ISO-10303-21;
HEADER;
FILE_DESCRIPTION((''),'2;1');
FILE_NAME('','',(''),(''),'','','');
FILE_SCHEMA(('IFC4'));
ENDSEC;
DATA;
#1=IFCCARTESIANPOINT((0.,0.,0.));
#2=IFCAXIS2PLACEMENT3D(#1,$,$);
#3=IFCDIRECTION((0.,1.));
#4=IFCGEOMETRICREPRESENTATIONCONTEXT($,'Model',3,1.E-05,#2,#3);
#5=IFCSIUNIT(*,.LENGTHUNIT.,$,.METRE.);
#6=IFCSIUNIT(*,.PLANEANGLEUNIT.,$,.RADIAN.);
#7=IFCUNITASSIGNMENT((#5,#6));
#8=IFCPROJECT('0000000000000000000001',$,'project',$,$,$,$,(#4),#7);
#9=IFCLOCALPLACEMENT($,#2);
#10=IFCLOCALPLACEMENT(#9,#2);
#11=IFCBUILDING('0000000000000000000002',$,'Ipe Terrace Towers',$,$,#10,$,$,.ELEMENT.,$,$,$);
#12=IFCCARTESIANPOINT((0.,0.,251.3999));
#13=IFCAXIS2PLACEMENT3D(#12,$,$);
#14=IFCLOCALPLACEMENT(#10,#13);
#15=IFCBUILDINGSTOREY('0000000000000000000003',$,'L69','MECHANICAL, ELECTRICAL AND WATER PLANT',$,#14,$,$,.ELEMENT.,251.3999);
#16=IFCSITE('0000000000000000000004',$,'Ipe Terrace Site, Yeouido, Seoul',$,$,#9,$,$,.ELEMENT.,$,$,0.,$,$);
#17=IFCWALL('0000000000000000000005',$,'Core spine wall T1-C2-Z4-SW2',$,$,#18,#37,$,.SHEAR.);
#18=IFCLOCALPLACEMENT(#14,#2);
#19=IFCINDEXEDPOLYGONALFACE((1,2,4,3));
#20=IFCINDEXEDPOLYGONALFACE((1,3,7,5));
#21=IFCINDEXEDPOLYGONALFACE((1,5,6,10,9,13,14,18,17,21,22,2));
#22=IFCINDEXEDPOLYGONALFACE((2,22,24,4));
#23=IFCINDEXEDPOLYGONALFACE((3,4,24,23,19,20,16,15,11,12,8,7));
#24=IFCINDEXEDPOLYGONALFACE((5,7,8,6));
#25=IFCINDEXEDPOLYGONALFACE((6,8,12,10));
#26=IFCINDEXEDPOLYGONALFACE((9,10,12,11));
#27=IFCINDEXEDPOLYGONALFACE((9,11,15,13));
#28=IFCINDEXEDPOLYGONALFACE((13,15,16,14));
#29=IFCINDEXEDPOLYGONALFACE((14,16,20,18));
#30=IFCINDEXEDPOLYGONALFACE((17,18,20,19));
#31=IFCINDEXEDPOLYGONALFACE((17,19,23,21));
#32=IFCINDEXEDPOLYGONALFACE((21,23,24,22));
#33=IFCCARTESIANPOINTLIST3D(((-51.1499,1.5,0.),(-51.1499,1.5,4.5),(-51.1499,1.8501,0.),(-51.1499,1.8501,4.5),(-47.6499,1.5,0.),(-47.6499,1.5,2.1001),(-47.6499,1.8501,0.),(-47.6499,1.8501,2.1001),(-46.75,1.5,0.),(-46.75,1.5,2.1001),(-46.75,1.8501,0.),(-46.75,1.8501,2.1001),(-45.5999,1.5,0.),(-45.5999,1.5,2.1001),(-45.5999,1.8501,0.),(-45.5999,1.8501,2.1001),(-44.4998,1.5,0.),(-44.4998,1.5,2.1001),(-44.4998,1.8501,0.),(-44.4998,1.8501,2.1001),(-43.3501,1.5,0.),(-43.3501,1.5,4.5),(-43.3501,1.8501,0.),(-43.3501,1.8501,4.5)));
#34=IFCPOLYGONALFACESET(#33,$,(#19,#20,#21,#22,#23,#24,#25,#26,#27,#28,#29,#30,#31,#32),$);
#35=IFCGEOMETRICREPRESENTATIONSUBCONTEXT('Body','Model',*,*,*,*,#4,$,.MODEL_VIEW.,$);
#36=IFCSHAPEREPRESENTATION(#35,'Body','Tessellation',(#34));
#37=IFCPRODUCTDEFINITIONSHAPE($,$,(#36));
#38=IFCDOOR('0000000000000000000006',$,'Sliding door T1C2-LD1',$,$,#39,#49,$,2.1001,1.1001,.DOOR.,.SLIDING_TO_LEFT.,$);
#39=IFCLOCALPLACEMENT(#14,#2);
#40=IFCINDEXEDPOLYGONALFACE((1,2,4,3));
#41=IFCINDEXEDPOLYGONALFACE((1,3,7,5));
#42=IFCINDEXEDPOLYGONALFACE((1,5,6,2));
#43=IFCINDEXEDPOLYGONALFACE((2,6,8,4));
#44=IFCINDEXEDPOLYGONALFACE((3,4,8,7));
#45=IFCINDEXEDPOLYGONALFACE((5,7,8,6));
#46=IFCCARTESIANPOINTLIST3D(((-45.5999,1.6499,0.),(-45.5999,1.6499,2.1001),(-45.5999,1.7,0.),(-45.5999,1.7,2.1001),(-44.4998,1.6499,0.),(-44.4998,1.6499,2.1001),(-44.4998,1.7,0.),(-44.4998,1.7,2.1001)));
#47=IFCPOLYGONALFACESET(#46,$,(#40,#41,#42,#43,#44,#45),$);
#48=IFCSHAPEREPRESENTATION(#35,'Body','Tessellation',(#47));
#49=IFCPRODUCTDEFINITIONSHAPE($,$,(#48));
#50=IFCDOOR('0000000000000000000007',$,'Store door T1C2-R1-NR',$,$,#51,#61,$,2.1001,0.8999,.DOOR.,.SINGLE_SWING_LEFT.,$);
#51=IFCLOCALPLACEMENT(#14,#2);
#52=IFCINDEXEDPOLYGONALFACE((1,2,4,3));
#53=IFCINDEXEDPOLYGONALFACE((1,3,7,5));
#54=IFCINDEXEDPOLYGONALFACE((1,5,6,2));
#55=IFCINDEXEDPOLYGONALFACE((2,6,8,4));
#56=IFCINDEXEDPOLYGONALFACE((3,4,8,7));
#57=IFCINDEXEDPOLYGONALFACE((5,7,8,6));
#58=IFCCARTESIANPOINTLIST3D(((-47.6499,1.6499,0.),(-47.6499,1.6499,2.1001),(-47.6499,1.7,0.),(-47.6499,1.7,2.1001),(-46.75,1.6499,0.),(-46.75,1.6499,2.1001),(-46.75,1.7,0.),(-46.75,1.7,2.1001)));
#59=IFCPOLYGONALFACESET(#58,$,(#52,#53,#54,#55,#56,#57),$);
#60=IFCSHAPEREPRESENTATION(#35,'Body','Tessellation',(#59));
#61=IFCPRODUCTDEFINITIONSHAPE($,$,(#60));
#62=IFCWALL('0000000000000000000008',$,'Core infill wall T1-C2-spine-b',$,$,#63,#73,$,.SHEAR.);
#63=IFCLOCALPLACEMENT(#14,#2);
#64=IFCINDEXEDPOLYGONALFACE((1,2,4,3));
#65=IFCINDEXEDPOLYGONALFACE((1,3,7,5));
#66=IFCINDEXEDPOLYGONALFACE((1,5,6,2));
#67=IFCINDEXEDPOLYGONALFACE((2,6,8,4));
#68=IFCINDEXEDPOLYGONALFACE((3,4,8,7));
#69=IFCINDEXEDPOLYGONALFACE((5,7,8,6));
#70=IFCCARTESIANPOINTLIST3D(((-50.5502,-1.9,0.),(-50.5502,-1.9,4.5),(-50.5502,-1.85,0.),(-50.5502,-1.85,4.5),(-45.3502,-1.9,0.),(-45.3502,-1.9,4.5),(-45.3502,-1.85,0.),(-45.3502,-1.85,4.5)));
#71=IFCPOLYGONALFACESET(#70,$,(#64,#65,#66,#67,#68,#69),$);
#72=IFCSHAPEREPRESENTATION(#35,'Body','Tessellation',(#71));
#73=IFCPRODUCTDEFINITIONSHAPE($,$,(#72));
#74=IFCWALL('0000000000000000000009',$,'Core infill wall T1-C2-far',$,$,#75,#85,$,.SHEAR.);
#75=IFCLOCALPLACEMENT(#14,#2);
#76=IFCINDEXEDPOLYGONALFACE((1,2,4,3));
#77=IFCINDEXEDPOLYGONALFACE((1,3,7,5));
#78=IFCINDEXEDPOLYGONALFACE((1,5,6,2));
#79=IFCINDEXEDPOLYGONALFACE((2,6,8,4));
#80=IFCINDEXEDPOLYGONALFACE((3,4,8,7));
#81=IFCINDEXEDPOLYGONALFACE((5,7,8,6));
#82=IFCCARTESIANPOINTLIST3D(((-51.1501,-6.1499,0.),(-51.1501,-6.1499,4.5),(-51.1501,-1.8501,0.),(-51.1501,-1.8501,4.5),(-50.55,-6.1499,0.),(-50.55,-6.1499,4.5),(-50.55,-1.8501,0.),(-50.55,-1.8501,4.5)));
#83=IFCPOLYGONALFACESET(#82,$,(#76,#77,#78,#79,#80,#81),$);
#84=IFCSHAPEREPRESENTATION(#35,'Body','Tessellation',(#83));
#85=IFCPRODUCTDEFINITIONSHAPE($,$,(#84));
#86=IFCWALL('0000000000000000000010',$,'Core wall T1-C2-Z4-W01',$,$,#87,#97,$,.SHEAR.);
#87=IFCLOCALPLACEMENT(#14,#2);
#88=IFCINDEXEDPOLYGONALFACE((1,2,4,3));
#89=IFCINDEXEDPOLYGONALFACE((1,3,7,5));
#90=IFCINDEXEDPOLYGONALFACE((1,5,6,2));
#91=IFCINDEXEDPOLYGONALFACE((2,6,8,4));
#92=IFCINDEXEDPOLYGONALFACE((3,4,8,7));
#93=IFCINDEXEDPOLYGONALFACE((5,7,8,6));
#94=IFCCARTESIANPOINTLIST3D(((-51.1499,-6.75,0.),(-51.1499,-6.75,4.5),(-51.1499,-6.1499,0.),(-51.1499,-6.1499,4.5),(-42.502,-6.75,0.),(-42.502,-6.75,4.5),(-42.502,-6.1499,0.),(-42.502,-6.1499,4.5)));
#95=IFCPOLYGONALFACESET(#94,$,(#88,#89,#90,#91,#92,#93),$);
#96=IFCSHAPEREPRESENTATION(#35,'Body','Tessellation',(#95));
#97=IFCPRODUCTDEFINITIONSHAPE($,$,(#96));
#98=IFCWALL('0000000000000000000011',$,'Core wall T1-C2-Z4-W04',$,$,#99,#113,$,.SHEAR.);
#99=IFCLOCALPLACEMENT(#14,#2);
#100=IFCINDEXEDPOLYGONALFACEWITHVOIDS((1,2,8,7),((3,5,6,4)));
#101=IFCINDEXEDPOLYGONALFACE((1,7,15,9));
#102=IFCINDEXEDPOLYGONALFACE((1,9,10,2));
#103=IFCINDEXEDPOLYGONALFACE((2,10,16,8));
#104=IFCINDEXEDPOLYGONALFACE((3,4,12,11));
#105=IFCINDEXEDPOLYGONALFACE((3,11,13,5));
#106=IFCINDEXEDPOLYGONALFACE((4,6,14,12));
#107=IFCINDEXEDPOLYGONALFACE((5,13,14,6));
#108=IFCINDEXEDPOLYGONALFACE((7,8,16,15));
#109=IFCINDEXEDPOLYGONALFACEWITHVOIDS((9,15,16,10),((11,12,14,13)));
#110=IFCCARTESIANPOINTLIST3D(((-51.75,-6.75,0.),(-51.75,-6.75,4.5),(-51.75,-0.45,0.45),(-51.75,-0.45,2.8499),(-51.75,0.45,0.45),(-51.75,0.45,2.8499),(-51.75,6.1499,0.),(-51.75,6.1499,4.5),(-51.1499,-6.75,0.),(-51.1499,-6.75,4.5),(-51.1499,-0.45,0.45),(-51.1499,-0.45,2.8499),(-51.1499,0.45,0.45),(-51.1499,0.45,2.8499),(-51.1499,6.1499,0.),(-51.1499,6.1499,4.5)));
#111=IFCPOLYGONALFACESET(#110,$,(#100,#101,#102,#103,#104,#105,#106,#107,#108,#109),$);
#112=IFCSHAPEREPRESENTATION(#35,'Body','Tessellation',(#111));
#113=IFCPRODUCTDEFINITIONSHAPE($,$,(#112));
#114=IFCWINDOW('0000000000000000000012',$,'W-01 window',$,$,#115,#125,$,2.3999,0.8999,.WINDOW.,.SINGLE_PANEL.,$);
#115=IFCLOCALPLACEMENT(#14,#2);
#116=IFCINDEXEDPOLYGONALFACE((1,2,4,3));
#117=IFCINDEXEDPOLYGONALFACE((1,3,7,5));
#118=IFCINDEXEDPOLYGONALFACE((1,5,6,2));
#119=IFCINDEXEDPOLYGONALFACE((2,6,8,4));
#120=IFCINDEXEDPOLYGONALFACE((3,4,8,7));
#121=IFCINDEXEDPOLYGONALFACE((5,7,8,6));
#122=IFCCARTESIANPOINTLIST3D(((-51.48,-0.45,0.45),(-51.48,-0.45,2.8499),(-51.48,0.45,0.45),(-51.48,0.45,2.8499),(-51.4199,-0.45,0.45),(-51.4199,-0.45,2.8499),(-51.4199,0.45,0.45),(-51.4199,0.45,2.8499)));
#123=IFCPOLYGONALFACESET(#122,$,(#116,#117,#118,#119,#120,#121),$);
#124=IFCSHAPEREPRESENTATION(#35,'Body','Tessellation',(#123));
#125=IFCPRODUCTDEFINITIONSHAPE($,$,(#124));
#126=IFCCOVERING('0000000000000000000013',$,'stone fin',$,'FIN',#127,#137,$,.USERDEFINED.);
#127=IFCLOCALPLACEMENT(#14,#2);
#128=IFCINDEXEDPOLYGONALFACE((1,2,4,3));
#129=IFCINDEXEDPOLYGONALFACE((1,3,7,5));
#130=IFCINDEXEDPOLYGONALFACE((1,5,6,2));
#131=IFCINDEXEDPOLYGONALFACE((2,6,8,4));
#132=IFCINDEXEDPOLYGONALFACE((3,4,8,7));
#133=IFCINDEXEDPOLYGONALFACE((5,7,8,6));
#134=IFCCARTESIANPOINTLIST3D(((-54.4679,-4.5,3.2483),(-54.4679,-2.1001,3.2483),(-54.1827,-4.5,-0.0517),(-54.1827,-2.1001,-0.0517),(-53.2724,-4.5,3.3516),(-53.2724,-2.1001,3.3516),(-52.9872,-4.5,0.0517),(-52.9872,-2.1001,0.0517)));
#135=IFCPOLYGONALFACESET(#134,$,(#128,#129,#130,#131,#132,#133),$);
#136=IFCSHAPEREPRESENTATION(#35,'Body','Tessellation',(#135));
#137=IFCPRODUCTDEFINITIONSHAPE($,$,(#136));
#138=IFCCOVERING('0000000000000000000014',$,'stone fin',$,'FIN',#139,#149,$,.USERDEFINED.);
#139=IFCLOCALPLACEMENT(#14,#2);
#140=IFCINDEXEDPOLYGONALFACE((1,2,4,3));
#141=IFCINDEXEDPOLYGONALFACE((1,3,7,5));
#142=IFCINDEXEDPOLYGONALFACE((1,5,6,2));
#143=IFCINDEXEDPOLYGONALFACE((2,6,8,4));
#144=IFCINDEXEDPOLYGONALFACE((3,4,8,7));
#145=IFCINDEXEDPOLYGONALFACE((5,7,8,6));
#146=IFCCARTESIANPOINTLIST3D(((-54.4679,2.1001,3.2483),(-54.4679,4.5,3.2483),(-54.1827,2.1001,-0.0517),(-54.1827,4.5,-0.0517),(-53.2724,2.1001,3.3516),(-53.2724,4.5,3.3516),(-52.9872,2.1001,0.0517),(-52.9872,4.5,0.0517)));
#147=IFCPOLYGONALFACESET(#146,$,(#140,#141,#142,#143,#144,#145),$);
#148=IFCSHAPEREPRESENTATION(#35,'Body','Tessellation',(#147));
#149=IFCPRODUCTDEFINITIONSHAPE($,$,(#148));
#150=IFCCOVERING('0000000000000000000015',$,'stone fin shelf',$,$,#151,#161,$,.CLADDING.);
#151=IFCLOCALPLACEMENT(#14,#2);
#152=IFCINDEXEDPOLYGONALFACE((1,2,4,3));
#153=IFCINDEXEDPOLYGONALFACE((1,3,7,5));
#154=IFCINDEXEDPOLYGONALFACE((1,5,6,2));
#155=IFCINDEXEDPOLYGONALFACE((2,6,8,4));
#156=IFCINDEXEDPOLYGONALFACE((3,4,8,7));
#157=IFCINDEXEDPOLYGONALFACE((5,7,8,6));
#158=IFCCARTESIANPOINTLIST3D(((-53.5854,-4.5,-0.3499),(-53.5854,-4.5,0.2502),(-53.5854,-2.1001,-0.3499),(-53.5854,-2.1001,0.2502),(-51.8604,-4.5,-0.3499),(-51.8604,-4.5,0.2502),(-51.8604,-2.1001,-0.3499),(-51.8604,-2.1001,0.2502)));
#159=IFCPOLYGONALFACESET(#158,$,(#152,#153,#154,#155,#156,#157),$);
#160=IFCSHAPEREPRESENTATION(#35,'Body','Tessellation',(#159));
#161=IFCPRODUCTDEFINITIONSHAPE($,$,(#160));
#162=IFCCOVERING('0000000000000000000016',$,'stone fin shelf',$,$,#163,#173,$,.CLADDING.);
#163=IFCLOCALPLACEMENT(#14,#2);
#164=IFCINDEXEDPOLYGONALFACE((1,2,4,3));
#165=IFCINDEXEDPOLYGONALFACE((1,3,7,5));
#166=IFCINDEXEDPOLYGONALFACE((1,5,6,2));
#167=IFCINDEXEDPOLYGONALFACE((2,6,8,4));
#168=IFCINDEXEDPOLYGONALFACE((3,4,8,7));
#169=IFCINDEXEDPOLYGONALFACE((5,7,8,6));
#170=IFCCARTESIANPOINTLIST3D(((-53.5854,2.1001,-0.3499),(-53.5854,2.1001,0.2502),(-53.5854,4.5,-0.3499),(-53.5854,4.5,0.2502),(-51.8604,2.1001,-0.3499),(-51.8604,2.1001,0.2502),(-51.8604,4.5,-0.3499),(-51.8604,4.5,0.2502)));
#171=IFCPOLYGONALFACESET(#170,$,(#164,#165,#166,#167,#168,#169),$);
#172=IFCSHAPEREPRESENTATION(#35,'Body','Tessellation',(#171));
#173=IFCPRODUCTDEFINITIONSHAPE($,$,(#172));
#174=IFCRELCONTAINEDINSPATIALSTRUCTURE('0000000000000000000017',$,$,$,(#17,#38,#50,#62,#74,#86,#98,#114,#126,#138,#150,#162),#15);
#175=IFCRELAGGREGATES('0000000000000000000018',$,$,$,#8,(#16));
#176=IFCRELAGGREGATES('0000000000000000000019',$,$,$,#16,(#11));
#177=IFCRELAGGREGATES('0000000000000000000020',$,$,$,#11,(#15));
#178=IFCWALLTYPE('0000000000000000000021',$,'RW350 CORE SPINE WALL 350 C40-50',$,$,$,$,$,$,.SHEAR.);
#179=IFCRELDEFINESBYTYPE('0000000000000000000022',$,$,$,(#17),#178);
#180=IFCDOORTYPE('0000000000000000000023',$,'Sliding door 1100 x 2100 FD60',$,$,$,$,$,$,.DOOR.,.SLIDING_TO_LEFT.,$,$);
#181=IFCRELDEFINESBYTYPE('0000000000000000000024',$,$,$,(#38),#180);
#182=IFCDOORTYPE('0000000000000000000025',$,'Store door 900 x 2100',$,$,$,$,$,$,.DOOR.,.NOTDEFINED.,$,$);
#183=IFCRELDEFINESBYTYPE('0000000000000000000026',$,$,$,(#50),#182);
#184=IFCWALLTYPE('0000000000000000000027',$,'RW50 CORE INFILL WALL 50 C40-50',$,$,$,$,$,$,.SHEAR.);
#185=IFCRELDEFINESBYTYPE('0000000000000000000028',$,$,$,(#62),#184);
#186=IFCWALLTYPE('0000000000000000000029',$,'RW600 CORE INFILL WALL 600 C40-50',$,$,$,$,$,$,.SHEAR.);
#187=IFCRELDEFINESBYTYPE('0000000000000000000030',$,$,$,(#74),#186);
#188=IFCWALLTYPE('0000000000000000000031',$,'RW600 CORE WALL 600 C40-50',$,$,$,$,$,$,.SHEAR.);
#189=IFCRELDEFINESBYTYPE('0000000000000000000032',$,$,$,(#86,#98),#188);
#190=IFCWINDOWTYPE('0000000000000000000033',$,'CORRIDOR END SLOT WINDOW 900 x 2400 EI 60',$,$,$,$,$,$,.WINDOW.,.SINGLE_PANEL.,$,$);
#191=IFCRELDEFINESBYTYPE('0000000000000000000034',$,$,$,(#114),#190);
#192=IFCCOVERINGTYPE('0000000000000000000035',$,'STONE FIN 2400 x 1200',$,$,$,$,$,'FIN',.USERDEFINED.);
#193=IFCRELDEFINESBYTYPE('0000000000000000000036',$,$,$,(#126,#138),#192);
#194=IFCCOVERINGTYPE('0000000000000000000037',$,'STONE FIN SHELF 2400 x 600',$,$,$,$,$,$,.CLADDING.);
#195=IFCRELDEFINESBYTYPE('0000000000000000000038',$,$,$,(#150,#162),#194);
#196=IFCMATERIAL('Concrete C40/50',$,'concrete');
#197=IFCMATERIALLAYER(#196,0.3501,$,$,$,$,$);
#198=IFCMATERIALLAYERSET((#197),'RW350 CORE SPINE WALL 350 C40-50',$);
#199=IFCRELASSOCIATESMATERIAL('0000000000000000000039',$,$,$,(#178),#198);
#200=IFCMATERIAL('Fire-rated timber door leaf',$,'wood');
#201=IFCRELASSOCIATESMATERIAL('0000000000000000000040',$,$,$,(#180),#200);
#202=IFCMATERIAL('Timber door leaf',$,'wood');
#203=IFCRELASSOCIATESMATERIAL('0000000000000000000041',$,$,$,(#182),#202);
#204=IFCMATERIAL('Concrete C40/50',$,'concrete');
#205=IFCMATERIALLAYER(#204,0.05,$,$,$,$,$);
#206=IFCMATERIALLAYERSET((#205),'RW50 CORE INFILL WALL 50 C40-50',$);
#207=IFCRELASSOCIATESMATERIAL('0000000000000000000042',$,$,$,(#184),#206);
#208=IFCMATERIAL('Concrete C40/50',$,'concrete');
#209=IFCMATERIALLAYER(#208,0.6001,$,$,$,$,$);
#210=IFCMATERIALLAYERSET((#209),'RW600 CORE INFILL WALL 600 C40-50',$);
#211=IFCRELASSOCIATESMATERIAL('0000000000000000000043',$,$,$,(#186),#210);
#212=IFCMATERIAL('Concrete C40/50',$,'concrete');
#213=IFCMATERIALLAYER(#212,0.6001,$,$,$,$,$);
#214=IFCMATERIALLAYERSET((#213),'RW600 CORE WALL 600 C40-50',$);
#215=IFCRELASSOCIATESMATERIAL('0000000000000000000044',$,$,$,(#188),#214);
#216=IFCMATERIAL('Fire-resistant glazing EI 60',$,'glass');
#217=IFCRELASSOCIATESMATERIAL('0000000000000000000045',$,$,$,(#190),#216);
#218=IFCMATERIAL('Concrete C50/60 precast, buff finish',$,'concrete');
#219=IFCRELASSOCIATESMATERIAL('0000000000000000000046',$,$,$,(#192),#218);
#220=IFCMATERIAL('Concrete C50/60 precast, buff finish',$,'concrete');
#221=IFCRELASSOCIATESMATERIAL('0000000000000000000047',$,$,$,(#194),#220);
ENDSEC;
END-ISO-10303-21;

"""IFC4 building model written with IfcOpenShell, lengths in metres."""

from ifc_helpers import new_model, si_unit, direction, frame, frame_2d, origin, origin_2d, place, context, subcontext, project, spatial, rectangle, extrude, material, layer, layer_set, material_profile, profile_set, type_object, element, fill, save


model = new_model("IFC4")

# Units and contexts
model_context = context("Model", 3, precision=1e-05, world=origin(), true_north=direction((0.0, 1.0)))
body_context = subcontext(model_context, "Body", "Model", "MODEL_VIEW")
ifc_project = project(units=[si_unit("LENGTHUNIT", "METRE"), si_unit("PLANEANGLEUNIT", "RADIAN")], contexts=[model_context])

# Site, building, storey
site_placement = place(None, origin())
site = spatial("IfcSite", under=ifc_project, at=site_placement, Name="Ipe Terrace Site, Yeouido, Seoul", CompositionType="ELEMENT", RefElevation=0.0)
building_placement = place(site_placement, origin())
building = spatial("IfcBuilding", under=site, at=building_placement, Name="Ipe Terrace Towers", CompositionType="ELEMENT")
storey_placement = place(building_placement, frame((0.0, 0.0, 251.3999)))
storey = spatial("IfcBuildingStorey", under=building, at=storey_placement, Name="L69", Description="MECHANICAL, ELECTRICAL AND WATER PLANT", CompositionType="ELEMENT", Elevation=251.3999)

# Shared definitions
ifc_material_1 = material(Name="Concrete C40/50", Category="concrete")
ifc_layer_1 = layer(ifc_material_1, 0.3501)
ifc_layer_set_1 = layer_set([ifc_layer_1], Name="RW350 CORE SPINE WALL 350 C40-50")
wall_type_1 = type_object("IfcWallType", Name="RW350 CORE SPINE WALL 350 C40-50", PredefinedType="SHEAR", material=ifc_layer_set_1)

# Wall, openings, doors
wall_1_placement = place(storey_placement, frame((-51.1499, 1.675, 0.0), z_axis=(0.0, 0.0, 1.0), x_axis=(1.0, 0.0, 0.0)))
wall_1 = element("IfcWall", 1, at=wall_1_placement, inside=storey, type_object=wall_type_1, Name="Core spine wall T1-C2-Z4-SW2", PredefinedType="SHEAR", context=body_context, shape_type="SweptSolid", body=[
    extrude(rectangle(XDim=7.7998, YDim=0.3501, at=frame_2d((3.8999, 0.0))), origin(), (0.0, 0.0, 1.0), 4.5),
])
opening_1_placement = place(wall_1_placement, frame((5.55, 0.0, 0.0)))
opening_1 = element("IfcOpeningElement", 2, at=opening_1_placement, cuts=wall_1, PredefinedType="OPENING", context=body_context, shape_type="SweptSolid", body=[
    extrude(rectangle(XDim=1.1001, YDim=2.1001, at=frame_2d((0.55, 1.05))), frame((0.0, 0.1851, 0.0), z_axis=(0.0, -1.0, 0.0), x_axis=(1.0, 0.0, 0.0)), (0.0, 0.0, 1.0), 0.3701),
])
opening_2_placement = place(wall_1_placement, frame((3.5, 0.0, 0.0)))
opening_2 = element("IfcOpeningElement", 3, at=opening_2_placement, cuts=wall_1, PredefinedType="OPENING", context=body_context, shape_type="SweptSolid", body=[
    extrude(rectangle(XDim=0.8999, YDim=2.1001, at=frame_2d((0.45, 1.05))), frame((0.0, 0.1851, 0.0), z_axis=(0.0, -1.0, 0.0), x_axis=(1.0, 0.0, 0.0)), (0.0, 0.0, 1.0), 0.3701),
])
ifc_material_2 = material(Name="Fire-rated timber door leaf", Category="wood")
door_type_1 = type_object("IfcDoorType", Name="Sliding door 1100 x 2100 FD60", OperationType="SLIDING_TO_LEFT", PredefinedType="DOOR", material=ifc_material_2)
door_1_placement = place(opening_1_placement, origin())
door_1 = element("IfcDoor", 4, at=door_1_placement, inside=storey, type_object=door_type_1, Name="Sliding door T1C2-LD1", OperationType="SLIDING_TO_LEFT", OverallHeight=2.1001, OverallWidth=1.1001, PredefinedType="DOOR", context=body_context, shape_type="SweptSolid", body=[
    extrude(rectangle(XDim=1.1001, YDim=2.1001, at=frame_2d((0.55, 1.05))), frame((0.0, 0.0249, 0.0), z_axis=(0.0, -1.0, 0.0), x_axis=(1.0, 0.0, 0.0)), (0.0, 0.0, 1.0), 0.05),
])
fill(opening_1, door_1)
ifc_material_3 = material(Name="Timber door leaf", Category="wood")
door_type_2 = type_object("IfcDoorType", Name="Store door 900 x 2100", OperationType="NOTDEFINED", PredefinedType="DOOR", material=ifc_material_3)
door_2_placement = place(opening_2_placement, origin())
door_2 = element("IfcDoor", 5, at=door_2_placement, inside=storey, type_object=door_type_2, Name="Store door T1C2-R1-NR", OperationType="SINGLE_SWING_LEFT", OverallHeight=2.1001, OverallWidth=0.8999, PredefinedType="DOOR", context=body_context, shape_type="SweptSolid", body=[
    extrude(rectangle(XDim=0.8999, YDim=2.1001, at=frame_2d((0.45, 1.05))), frame((0.0, 0.0249, 0.0), z_axis=(0.0, -1.0, 0.0), x_axis=(1.0, 0.0, 0.0)), (0.0, 0.0, 1.0), 0.05),
])
fill(opening_2, door_2)

# Walls
ifc_material_4 = material(Name="Concrete C40/50", Category="concrete")
ifc_layer_2 = layer(ifc_material_4, 0.05)
ifc_layer_set_2 = layer_set([ifc_layer_2], Name="RW50 CORE INFILL WALL 50 C40-50")
wall_type_2 = type_object("IfcWallType", Name="RW50 CORE INFILL WALL 50 C40-50", PredefinedType="SHEAR", material=ifc_layer_set_2)
wall_2_placement = place(storey_placement, frame((-45.3501, -1.875, 0.0), z_axis=(0.0, 0.0, 1.0), x_axis=(-1.0, 0.0, 0.0)))
element("IfcWall", 6, at=wall_2_placement, inside=storey, type_object=wall_type_2, Name="Core infill wall T1-C2-spine-b", PredefinedType="SHEAR", context=body_context, shape_type="SweptSolid", body=[
    extrude(rectangle(XDim=5.2, YDim=0.05, at=frame_2d((2.6001, 0.0))), origin(), (0.0, 0.0, 1.0), 4.5),
])
ifc_material_5 = material(Name="Concrete C40/50", Category="concrete")
ifc_layer_3 = layer(ifc_material_5, 0.6001)
ifc_layer_set_3 = layer_set([ifc_layer_3], Name="RW600 CORE INFILL WALL 600 C40-50")
wall_type_3 = type_object("IfcWallType", Name="RW600 CORE INFILL WALL 600 C40-50", PredefinedType="SHEAR", material=ifc_layer_set_3)
wall_3_placement = place(storey_placement, frame((-50.8501, -1.8501, 0.0), z_axis=(0.0, 0.0, 1.0), x_axis=(0.0, -1.0, 0.0)))
element("IfcWall", 7, at=wall_3_placement, inside=storey, type_object=wall_type_3, Name="Core infill wall T1-C2-far", PredefinedType="SHEAR", context=body_context, shape_type="SweptSolid", body=[
    extrude(rectangle(XDim=4.2998, YDim=0.6001, at=frame_2d((2.1499, 0.0))), origin(), (0.0, 0.0, 1.0), 4.5),
])
ifc_material_6 = material(Name="Concrete C40/50", Category="concrete")
ifc_layer_4 = layer(ifc_material_6, 0.6001)
ifc_layer_set_4 = layer_set([ifc_layer_4], Name="RW600 CORE WALL 600 C40-50")
wall_type_4 = type_object("IfcWallType", Name="RW600 CORE WALL 600 C40-50", PredefinedType="SHEAR", material=ifc_layer_set_4)
wall_4_placement = place(storey_placement, frame((-51.1499, -6.45, 0.0), z_axis=(0.0, 0.0, 1.0), x_axis=(1.0, 0.0, 0.0)))
element("IfcWall", 8, at=wall_4_placement, inside=storey, type_object=wall_type_4, Name="Core wall T1-C2-Z4-W01", PredefinedType="SHEAR", context=body_context, shape_type="SweptSolid", body=[
    extrude(rectangle(XDim=8.6479, YDim=0.6001, at=frame_2d((4.324, 0.0))), origin(), (0.0, 0.0, 1.0), 4.5),
])

# Wall, opening, window
wall_5_placement = place(storey_placement, frame((-51.45, 6.1499, 0.0), z_axis=(0.0, 0.0, 1.0), x_axis=(0.0, -1.0, 0.0)))
wall_5 = element("IfcWall", 9, at=wall_5_placement, inside=storey, type_object=wall_type_4, Name="Core wall T1-C2-Z4-W04", PredefinedType="SHEAR", context=body_context, shape_type="SweptSolid", body=[
    extrude(rectangle(XDim=12.8999, YDim=0.6001, at=frame_2d((6.45, 0.0))), origin(), (0.0, 0.0, 1.0), 4.5),
])
opening_3_placement = place(wall_5_placement, frame((5.7, 0.0, 0.45)))
opening_3 = element("IfcOpeningElement", 10, at=opening_3_placement, cuts=wall_5, PredefinedType="OPENING", context=body_context, shape_type="SweptSolid", body=[
    extrude(rectangle(XDim=0.8999, YDim=2.3999, at=frame_2d((0.45, 1.2))), frame((0.0, 0.3101, 0.0), z_axis=(0.0, -1.0, 0.0), x_axis=(1.0, 0.0, 0.0)), (0.0, 0.0, 1.0), 0.6201),
])
ifc_material_7 = material(Name="Fire-resistant glazing EI 60", Category="glass")
window_type = type_object("IfcWindowType", Name="CORRIDOR END SLOT WINDOW 900 x 2400 EI 60", PartitioningType="SINGLE_PANEL", PredefinedType="WINDOW", material=ifc_material_7)
window_placement = place(opening_3_placement, origin())
window = element("IfcWindow", 11, at=window_placement, inside=storey, type_object=window_type, Name="W-01 window", OverallHeight=2.3999, OverallWidth=0.8999, PartitioningType="SINGLE_PANEL", PredefinedType="WINDOW", context=body_context, shape_type="SweptSolid", body=[
    extrude(rectangle(XDim=0.8999, YDim=2.3999, at=frame_2d((0.45, 1.2))), frame((0.0, 0.03, 0.0), z_axis=(0.0, -1.0, 0.0), x_axis=(1.0, 0.0, 0.0)), (0.0, 0.0, 1.0), 0.0601),
])
fill(opening_3, window)

# Coverings
ifc_material_8 = material(Name="Concrete C50/60 precast, buff finish", Category="concrete")
ifc_material_profile = material_profile(ifc_material_8, rectangle(XDim=2.3999, YDim=1.2, at=origin_2d()), Name="STONE FIN 2400 x 1200")
ifc_profile_set = profile_set([ifc_material_profile], Name="Concrete C50/60 precast, buff finish")
covering_type_1 = type_object("IfcCoveringType", Name="STONE FIN 2400 x 1200", ElementType="FIN", PredefinedType="USERDEFINED", material=ifc_profile_set)
for number, where, z_axis, x_axis, name in (
    (12, (-53.585, -3.3, 0.0), (-0.086089, 0.0, 0.996287), (0.0, -1.0, 0.0), "stone fin"),
    (13, (-53.585, 3.3, 0.0), (-0.086089, 0.0, 0.996287), (0.0, -1.0, 0.0), "stone fin"),
):
    element("IfcCovering", number, at=place(storey_placement, frame(where, z_axis=z_axis, x_axis=x_axis)), inside=storey, type_object=covering_type_1, Name=name, ObjectType="FIN", PredefinedType="USERDEFINED", context=body_context, shape_type="SweptSolid", body=[
        extrude(rectangle(XDim=2.3999, YDim=1.2, at=origin_2d()), origin(), (0.0, 0.0, 1.0), 3.3123),
    ])
ifc_material_9 = material(Name="Concrete C50/60 precast, buff finish", Category="concrete")
covering_type_2 = type_object("IfcCoveringType", Name="STONE FIN SHELF 2400 x 600", PredefinedType="CLADDING", material=ifc_material_9)
for number, where, z_axis, x_axis, name in (
    (14, (-52.7229, -3.3, -0.3499), (0.0, 0.0, 1.0), (0.0, -1.0, 0.0), "stone fin shelf"),
    (15, (-52.7229, 3.3, -0.3499), (0.0, 0.0, 1.0), (0.0, -1.0, 0.0), "stone fin shelf"),
):
    element("IfcCovering", number, at=place(storey_placement, frame(where, z_axis=z_axis, x_axis=x_axis)), inside=storey, type_object=covering_type_2, Name=name, PredefinedType="CLADDING", context=body_context, shape_type="SweptSolid", body=[
        extrude(rectangle(XDim=2.3999, YDim=1.7251, at=origin_2d()), origin(), (0.0, 0.0, 1.0), 0.6001),
    ])

save(model, "model.ifc")
